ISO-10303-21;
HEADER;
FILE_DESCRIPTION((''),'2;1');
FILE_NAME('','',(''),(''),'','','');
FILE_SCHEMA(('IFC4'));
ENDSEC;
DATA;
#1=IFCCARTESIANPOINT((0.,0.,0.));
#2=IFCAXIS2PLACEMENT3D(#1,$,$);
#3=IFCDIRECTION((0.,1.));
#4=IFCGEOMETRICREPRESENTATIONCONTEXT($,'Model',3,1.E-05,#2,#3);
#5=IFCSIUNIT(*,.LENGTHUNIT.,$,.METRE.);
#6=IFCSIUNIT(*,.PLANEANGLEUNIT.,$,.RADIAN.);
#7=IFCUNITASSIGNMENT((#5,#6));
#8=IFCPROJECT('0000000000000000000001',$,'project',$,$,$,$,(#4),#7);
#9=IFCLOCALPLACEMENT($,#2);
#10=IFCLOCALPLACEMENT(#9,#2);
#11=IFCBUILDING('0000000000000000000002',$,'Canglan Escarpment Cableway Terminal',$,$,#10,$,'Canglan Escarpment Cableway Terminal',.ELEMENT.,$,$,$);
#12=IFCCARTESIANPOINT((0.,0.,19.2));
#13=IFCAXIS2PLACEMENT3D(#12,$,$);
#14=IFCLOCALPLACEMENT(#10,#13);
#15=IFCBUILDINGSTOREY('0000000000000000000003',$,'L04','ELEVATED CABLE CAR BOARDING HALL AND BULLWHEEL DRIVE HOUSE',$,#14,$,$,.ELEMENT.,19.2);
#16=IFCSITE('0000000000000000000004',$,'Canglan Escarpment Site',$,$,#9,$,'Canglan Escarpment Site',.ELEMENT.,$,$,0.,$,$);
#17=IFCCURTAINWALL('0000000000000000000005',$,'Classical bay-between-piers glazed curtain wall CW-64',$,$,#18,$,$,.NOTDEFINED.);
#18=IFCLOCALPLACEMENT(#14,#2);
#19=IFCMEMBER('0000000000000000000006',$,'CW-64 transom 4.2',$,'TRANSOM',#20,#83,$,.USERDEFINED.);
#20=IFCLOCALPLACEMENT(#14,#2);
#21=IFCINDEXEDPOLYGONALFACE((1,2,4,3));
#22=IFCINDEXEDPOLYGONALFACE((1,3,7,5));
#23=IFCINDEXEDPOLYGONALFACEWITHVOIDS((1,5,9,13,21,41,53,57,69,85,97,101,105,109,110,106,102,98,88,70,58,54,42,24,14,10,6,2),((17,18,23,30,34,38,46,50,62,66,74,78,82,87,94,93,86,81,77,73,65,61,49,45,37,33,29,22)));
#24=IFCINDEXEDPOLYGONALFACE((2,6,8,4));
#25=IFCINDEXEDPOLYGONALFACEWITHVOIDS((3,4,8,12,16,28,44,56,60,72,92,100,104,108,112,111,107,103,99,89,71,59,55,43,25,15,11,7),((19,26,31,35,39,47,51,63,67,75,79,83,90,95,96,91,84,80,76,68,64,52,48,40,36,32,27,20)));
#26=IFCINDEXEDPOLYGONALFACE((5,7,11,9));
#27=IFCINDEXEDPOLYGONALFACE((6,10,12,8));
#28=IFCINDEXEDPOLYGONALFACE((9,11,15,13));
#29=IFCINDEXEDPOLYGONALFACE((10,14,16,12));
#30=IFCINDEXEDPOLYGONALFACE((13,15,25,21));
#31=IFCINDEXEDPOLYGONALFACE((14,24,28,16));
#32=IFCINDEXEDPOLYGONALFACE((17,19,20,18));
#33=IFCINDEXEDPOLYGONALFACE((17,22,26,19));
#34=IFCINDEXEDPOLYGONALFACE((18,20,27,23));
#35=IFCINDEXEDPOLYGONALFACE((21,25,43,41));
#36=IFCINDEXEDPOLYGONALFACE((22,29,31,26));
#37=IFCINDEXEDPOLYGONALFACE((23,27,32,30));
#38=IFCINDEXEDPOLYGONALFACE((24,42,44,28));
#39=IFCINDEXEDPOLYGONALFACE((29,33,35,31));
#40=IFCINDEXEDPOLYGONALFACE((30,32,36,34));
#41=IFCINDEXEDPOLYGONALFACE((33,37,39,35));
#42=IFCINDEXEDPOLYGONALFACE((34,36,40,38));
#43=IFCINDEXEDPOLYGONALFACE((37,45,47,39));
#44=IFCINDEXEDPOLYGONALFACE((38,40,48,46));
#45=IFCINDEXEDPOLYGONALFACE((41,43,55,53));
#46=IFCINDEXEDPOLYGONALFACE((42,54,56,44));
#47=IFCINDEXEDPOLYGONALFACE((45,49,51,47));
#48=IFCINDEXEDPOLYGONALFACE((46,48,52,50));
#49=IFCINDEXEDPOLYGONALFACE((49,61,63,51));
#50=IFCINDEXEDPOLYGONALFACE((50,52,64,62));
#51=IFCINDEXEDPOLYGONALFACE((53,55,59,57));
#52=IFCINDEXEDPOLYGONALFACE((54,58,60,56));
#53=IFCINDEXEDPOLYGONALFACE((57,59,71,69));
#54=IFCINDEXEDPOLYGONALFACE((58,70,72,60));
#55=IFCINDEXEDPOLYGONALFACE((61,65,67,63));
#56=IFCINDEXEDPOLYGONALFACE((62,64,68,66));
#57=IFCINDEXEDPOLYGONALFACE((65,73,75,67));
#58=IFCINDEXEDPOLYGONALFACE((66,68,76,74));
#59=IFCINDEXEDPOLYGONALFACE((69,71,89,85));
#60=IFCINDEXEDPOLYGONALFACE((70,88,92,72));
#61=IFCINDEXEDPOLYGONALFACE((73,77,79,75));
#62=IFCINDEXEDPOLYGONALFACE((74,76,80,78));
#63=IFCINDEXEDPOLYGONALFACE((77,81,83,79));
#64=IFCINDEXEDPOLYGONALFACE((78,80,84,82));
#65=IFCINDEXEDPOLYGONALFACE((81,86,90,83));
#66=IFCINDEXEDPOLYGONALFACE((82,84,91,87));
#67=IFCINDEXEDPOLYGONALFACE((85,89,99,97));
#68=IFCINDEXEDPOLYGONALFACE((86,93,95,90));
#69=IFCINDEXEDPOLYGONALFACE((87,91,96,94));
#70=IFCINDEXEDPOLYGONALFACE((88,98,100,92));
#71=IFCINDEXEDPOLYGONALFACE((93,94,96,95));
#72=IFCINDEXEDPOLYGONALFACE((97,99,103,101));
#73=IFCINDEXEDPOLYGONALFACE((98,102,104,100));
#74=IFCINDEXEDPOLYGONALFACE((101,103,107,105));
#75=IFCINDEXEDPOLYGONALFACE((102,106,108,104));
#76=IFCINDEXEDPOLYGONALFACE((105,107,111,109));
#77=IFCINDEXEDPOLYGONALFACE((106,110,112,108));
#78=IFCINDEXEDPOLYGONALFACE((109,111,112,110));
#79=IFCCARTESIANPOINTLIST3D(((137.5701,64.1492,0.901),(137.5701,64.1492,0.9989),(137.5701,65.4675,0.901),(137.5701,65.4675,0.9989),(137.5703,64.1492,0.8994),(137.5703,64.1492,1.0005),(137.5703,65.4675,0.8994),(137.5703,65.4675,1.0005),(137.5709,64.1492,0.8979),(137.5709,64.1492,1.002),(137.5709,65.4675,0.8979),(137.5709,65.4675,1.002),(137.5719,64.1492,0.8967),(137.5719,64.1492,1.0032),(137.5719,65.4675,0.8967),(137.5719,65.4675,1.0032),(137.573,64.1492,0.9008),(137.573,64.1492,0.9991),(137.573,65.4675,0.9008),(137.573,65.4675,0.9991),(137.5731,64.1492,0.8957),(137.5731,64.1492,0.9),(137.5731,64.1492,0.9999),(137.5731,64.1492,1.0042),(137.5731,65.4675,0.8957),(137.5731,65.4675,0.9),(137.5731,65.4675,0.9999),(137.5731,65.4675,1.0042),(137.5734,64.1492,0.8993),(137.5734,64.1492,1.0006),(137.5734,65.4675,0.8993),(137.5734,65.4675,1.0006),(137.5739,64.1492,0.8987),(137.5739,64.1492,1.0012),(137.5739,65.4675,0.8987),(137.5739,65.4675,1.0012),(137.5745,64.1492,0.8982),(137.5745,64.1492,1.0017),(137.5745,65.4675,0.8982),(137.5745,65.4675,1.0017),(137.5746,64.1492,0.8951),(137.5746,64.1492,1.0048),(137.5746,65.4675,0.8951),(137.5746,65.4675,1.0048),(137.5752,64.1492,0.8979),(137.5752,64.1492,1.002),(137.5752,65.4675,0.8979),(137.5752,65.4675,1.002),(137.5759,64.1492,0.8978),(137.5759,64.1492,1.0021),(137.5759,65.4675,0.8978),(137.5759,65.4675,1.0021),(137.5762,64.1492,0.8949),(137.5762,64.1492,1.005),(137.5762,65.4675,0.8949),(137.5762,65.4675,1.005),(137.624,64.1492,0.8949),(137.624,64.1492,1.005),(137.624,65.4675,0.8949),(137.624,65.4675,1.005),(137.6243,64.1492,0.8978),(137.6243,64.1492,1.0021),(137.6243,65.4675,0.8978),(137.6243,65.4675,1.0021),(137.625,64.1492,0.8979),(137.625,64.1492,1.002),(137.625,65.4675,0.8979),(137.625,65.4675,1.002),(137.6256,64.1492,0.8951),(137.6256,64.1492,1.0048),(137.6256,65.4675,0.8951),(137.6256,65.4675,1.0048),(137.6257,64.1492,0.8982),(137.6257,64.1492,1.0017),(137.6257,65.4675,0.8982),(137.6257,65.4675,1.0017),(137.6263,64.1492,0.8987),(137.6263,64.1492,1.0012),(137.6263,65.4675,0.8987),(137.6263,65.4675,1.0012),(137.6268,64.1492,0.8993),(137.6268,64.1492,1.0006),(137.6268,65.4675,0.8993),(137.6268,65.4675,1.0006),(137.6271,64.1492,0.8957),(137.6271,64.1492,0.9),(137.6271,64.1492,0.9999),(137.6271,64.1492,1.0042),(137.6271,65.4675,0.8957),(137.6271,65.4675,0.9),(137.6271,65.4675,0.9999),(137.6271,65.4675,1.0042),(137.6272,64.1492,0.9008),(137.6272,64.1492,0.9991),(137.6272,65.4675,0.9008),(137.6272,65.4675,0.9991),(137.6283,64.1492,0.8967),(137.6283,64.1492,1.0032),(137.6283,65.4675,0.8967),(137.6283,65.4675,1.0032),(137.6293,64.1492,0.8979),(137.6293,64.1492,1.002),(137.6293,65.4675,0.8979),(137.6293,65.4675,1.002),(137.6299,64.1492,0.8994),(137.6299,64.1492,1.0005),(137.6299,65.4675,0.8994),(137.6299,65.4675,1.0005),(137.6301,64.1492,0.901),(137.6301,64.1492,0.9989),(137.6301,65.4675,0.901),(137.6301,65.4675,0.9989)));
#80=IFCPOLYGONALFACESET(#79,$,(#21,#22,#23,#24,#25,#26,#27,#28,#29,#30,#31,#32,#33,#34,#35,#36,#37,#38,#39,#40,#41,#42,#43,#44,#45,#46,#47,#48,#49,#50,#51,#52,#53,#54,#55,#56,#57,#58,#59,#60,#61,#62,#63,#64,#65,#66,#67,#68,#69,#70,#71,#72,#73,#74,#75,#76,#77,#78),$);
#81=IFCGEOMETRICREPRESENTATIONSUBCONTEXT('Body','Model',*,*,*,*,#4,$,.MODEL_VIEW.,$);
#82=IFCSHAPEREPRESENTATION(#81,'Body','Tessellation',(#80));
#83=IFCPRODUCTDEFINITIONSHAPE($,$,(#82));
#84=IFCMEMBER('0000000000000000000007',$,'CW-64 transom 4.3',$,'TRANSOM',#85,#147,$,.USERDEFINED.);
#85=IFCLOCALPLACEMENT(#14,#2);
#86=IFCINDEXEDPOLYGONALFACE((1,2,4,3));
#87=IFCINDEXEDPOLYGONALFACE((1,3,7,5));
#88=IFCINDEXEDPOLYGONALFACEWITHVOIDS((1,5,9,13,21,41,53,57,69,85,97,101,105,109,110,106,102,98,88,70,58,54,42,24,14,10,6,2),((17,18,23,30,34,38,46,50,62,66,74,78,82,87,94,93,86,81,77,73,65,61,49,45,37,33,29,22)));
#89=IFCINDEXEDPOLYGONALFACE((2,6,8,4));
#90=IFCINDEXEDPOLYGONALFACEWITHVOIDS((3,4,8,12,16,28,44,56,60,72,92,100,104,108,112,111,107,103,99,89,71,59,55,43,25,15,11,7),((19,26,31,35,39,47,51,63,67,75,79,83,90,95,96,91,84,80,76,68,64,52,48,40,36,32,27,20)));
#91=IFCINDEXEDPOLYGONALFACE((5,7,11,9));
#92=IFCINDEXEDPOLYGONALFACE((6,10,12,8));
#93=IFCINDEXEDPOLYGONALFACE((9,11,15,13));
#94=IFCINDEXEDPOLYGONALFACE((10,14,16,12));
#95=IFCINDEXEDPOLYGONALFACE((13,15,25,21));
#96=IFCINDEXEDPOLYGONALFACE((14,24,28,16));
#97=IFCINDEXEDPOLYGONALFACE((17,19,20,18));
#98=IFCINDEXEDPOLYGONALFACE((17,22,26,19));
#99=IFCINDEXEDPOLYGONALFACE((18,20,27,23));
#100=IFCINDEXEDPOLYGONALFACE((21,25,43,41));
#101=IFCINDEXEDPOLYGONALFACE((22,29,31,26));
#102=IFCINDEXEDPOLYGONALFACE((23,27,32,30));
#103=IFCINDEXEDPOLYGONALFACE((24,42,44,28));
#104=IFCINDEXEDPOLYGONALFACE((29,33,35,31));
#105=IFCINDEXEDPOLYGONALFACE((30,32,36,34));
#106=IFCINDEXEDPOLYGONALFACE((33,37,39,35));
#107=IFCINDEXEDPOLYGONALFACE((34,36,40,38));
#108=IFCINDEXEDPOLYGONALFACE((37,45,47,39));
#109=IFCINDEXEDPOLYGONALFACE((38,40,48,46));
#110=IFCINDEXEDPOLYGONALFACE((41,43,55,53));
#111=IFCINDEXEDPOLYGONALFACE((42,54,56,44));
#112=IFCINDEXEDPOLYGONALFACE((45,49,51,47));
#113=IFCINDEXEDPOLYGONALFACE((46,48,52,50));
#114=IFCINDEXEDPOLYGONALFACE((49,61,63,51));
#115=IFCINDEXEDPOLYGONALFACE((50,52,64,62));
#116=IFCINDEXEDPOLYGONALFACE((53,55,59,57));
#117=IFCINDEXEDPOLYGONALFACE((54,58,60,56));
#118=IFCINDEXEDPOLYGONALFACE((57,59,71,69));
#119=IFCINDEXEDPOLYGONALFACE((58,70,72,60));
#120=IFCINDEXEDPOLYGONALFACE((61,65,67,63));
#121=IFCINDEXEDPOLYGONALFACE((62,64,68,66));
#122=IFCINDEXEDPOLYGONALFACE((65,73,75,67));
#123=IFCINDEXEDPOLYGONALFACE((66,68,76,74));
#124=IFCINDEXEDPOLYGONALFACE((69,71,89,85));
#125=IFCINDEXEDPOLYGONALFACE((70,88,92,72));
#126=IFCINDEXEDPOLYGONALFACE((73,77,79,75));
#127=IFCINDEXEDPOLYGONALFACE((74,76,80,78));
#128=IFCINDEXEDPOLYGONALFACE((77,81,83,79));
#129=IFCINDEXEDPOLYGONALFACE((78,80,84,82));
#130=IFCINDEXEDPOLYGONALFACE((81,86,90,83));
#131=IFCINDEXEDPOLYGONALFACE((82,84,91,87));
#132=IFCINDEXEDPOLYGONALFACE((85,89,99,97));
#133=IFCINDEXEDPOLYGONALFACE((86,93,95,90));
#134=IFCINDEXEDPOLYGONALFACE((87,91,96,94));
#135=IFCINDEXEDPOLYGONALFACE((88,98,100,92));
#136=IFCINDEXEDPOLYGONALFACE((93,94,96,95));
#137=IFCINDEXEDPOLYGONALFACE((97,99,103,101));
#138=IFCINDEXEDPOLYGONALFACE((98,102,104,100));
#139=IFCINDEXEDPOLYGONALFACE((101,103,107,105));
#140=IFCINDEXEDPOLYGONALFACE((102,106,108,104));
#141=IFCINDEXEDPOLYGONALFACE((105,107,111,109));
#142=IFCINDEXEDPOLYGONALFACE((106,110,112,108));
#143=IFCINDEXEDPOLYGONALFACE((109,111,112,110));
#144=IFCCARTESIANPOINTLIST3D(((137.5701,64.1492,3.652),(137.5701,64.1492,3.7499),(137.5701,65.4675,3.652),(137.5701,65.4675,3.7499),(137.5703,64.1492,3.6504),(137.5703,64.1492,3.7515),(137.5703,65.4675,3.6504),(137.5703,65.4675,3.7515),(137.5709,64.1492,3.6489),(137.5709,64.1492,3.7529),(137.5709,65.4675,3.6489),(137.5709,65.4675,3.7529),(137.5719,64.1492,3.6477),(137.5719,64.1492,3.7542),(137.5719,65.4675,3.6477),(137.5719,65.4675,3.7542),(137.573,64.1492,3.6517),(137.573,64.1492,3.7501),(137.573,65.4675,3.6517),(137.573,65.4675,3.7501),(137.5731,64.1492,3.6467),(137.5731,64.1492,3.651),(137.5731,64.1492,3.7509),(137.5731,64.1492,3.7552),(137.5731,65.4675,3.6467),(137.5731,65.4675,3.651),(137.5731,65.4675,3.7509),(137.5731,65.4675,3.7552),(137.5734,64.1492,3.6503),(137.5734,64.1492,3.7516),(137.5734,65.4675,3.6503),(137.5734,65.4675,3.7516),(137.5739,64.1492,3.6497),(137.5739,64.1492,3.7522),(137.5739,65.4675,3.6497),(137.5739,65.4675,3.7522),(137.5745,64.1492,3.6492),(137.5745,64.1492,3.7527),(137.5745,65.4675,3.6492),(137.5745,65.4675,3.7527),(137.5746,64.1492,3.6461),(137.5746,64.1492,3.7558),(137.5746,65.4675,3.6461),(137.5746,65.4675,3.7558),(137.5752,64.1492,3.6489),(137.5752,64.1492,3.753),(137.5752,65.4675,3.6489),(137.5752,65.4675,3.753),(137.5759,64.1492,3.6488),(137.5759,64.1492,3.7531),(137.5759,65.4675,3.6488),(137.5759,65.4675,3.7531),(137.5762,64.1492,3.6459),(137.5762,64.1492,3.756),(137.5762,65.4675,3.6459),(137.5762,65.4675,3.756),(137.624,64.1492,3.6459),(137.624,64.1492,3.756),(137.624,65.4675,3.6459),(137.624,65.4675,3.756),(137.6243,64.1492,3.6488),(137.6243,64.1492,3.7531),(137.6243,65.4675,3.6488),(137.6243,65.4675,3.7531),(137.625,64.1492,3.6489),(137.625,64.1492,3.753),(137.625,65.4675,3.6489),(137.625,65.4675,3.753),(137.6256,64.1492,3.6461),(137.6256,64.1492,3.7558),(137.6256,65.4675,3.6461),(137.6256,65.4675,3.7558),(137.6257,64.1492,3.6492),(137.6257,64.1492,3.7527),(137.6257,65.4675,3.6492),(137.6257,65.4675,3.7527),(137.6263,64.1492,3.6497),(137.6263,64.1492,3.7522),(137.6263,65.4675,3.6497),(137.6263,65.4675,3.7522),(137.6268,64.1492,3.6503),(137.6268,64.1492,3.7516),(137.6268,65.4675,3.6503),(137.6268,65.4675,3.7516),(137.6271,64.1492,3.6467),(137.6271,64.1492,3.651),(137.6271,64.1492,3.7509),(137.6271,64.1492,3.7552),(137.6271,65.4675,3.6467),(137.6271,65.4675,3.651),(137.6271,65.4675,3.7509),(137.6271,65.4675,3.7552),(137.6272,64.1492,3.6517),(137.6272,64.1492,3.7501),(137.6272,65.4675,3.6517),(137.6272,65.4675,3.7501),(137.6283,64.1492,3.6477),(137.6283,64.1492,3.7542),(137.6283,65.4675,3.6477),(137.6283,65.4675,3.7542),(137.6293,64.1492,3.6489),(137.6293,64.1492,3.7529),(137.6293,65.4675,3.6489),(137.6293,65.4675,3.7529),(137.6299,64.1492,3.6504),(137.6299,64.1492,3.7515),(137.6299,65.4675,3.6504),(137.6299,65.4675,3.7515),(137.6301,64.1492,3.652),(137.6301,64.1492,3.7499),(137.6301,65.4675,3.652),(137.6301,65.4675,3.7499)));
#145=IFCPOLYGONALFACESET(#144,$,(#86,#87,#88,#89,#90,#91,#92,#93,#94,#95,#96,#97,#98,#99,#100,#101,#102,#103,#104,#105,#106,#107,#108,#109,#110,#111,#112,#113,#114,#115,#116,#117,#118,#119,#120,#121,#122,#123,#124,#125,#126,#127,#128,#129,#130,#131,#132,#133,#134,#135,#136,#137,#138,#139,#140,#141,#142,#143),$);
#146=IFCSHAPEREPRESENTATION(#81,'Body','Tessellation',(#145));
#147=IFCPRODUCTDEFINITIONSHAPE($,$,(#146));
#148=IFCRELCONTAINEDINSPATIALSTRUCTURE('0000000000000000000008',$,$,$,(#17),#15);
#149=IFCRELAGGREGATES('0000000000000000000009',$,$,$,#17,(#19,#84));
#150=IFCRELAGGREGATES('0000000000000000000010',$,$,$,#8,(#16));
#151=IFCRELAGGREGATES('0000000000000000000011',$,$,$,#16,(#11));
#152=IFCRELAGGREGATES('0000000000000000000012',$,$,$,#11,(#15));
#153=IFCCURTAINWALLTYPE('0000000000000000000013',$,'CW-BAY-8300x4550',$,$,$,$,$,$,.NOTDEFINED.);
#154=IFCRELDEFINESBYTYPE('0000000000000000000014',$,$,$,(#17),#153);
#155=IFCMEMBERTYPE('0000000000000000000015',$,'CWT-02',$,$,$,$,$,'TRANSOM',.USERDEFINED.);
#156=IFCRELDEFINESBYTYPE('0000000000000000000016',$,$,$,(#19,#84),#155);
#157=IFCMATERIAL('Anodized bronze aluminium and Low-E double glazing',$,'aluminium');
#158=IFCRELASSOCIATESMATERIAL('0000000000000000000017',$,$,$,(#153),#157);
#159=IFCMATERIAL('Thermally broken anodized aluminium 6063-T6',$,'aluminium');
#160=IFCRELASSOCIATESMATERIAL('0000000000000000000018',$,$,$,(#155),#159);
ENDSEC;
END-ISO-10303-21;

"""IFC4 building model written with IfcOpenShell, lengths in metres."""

from ifc_helpers import new_model, si_unit, direction, frame, origin, origin_2d, place, context, subcontext, project, spatial, hollow_rectangle, extrude, material, material_profile, profile_set, type_object, element, aggregate, save


model = new_model("IFC4")

# Units and contexts
model_context = context("Model", 3, precision=1e-05, world=origin(), true_north=direction((0.0, 1.0)))
body_context = subcontext(model_context, "Body", "Model", "MODEL_VIEW")
ifc_project = project(units=[si_unit("LENGTHUNIT", "METRE"), si_unit("PLANEANGLEUNIT", "RADIAN")], contexts=[model_context])

# Site, building, storey
site_placement = place(None, origin())
site = spatial("IfcSite", under=ifc_project, at=site_placement, Name="Canglan Escarpment Site", LongName="Canglan Escarpment Site", CompositionType="ELEMENT", RefElevation=0.0)
building_placement = place(site_placement, origin())
building = spatial("IfcBuilding", under=site, at=building_placement, Name="Canglan Escarpment Cableway Terminal", LongName="Canglan Escarpment Cableway Terminal", CompositionType="ELEMENT")
storey_placement = place(building_placement, frame((0.0, 0.0, 19.2)))
storey = spatial("IfcBuildingStorey", under=building, at=storey_placement, Name="L04", Description="ELEVATED CABLE CAR BOARDING HALL AND BULLWHEEL DRIVE HOUSE", CompositionType="ELEMENT", Elevation=19.2)

# Curtain wall
ifc_material_1 = material(Name="Anodized bronze aluminium and Low-E double glazing", Category="aluminium")
curtain_wall_type = type_object("IfcCurtainWallType", Name="CW-BAY-8300x4550", PredefinedType="NOTDEFINED", material=ifc_material_1)
curtain_wall_1_placement = place(storey_placement, origin())
curtain_wall_1 = element("IfcCurtainWall", 1, at=curtain_wall_1_placement, inside=storey, type_object=curtain_wall_type, Name="Classical bay-between-piers glazed curtain wall CW-64", PredefinedType="NOTDEFINED")
ifc_material_2 = material(Name="Thermally broken anodized aluminium 6063-T6", Category="aluminium")

# Members
ifc_material_profile_1 = material_profile(ifc_material_2, hollow_rectangle(XDim=0.0601, YDim=0.1101, WallThickness=0.0029, InnerFilletRadius=0.0029, OuterFilletRadius=0.0061, at=origin_2d()), Name="ALU-TRAN 60x110x3")
ifc_profile_set_1 = profile_set([ifc_material_profile_1], Name="Thermally broken anodized aluminium 6063-T6")
member_type_1 = type_object("IfcMemberType", Name="CWT-02", ElementType="TRANSOM", PredefinedType="USERDEFINED", material=ifc_profile_set_1)
member_1_placement = place(storey_placement, frame((137.6001, 65.4675, 0.95), z_axis=(0.0, -1.0, 0.0), x_axis=(1.0, 0.0, 0.0)))
member_1 = element("IfcMember", 2, at=member_1_placement, type_object=member_type_1, Name="CW-64 transom 4.2", ObjectType="TRANSOM", PredefinedType="USERDEFINED", context=body_context, shape_type="SweptSolid", body=[
    extrude(hollow_rectangle(XDim=0.0601, YDim=0.1101, WallThickness=0.0029, InnerFilletRadius=0.0029, OuterFilletRadius=0.0061, at=origin_2d()), origin(), (0.0, 0.0, 1.0), 1.3184),
])
member_2_placement = place(storey_placement, frame((137.6001, 65.4675, 3.7009), z_axis=(0.0, -1.0, 0.0), x_axis=(1.0, 0.0, 0.0)))
member_2 = element("IfcMember", 3, at=member_2_placement, type_object=member_type_1, Name="CW-64 transom 4.3", ObjectType="TRANSOM", PredefinedType="USERDEFINED", context=body_context, shape_type="SweptSolid", body=[
    extrude(hollow_rectangle(XDim=0.0601, YDim=0.1101, WallThickness=0.0029, InnerFilletRadius=0.0029, OuterFilletRadius=0.0061, at=origin_2d()), origin(), (0.0, 0.0, 1.0), 1.3184),
])

aggregate(curtain_wall_1, [member_1, member_2])

save(model, "model.ifc")
